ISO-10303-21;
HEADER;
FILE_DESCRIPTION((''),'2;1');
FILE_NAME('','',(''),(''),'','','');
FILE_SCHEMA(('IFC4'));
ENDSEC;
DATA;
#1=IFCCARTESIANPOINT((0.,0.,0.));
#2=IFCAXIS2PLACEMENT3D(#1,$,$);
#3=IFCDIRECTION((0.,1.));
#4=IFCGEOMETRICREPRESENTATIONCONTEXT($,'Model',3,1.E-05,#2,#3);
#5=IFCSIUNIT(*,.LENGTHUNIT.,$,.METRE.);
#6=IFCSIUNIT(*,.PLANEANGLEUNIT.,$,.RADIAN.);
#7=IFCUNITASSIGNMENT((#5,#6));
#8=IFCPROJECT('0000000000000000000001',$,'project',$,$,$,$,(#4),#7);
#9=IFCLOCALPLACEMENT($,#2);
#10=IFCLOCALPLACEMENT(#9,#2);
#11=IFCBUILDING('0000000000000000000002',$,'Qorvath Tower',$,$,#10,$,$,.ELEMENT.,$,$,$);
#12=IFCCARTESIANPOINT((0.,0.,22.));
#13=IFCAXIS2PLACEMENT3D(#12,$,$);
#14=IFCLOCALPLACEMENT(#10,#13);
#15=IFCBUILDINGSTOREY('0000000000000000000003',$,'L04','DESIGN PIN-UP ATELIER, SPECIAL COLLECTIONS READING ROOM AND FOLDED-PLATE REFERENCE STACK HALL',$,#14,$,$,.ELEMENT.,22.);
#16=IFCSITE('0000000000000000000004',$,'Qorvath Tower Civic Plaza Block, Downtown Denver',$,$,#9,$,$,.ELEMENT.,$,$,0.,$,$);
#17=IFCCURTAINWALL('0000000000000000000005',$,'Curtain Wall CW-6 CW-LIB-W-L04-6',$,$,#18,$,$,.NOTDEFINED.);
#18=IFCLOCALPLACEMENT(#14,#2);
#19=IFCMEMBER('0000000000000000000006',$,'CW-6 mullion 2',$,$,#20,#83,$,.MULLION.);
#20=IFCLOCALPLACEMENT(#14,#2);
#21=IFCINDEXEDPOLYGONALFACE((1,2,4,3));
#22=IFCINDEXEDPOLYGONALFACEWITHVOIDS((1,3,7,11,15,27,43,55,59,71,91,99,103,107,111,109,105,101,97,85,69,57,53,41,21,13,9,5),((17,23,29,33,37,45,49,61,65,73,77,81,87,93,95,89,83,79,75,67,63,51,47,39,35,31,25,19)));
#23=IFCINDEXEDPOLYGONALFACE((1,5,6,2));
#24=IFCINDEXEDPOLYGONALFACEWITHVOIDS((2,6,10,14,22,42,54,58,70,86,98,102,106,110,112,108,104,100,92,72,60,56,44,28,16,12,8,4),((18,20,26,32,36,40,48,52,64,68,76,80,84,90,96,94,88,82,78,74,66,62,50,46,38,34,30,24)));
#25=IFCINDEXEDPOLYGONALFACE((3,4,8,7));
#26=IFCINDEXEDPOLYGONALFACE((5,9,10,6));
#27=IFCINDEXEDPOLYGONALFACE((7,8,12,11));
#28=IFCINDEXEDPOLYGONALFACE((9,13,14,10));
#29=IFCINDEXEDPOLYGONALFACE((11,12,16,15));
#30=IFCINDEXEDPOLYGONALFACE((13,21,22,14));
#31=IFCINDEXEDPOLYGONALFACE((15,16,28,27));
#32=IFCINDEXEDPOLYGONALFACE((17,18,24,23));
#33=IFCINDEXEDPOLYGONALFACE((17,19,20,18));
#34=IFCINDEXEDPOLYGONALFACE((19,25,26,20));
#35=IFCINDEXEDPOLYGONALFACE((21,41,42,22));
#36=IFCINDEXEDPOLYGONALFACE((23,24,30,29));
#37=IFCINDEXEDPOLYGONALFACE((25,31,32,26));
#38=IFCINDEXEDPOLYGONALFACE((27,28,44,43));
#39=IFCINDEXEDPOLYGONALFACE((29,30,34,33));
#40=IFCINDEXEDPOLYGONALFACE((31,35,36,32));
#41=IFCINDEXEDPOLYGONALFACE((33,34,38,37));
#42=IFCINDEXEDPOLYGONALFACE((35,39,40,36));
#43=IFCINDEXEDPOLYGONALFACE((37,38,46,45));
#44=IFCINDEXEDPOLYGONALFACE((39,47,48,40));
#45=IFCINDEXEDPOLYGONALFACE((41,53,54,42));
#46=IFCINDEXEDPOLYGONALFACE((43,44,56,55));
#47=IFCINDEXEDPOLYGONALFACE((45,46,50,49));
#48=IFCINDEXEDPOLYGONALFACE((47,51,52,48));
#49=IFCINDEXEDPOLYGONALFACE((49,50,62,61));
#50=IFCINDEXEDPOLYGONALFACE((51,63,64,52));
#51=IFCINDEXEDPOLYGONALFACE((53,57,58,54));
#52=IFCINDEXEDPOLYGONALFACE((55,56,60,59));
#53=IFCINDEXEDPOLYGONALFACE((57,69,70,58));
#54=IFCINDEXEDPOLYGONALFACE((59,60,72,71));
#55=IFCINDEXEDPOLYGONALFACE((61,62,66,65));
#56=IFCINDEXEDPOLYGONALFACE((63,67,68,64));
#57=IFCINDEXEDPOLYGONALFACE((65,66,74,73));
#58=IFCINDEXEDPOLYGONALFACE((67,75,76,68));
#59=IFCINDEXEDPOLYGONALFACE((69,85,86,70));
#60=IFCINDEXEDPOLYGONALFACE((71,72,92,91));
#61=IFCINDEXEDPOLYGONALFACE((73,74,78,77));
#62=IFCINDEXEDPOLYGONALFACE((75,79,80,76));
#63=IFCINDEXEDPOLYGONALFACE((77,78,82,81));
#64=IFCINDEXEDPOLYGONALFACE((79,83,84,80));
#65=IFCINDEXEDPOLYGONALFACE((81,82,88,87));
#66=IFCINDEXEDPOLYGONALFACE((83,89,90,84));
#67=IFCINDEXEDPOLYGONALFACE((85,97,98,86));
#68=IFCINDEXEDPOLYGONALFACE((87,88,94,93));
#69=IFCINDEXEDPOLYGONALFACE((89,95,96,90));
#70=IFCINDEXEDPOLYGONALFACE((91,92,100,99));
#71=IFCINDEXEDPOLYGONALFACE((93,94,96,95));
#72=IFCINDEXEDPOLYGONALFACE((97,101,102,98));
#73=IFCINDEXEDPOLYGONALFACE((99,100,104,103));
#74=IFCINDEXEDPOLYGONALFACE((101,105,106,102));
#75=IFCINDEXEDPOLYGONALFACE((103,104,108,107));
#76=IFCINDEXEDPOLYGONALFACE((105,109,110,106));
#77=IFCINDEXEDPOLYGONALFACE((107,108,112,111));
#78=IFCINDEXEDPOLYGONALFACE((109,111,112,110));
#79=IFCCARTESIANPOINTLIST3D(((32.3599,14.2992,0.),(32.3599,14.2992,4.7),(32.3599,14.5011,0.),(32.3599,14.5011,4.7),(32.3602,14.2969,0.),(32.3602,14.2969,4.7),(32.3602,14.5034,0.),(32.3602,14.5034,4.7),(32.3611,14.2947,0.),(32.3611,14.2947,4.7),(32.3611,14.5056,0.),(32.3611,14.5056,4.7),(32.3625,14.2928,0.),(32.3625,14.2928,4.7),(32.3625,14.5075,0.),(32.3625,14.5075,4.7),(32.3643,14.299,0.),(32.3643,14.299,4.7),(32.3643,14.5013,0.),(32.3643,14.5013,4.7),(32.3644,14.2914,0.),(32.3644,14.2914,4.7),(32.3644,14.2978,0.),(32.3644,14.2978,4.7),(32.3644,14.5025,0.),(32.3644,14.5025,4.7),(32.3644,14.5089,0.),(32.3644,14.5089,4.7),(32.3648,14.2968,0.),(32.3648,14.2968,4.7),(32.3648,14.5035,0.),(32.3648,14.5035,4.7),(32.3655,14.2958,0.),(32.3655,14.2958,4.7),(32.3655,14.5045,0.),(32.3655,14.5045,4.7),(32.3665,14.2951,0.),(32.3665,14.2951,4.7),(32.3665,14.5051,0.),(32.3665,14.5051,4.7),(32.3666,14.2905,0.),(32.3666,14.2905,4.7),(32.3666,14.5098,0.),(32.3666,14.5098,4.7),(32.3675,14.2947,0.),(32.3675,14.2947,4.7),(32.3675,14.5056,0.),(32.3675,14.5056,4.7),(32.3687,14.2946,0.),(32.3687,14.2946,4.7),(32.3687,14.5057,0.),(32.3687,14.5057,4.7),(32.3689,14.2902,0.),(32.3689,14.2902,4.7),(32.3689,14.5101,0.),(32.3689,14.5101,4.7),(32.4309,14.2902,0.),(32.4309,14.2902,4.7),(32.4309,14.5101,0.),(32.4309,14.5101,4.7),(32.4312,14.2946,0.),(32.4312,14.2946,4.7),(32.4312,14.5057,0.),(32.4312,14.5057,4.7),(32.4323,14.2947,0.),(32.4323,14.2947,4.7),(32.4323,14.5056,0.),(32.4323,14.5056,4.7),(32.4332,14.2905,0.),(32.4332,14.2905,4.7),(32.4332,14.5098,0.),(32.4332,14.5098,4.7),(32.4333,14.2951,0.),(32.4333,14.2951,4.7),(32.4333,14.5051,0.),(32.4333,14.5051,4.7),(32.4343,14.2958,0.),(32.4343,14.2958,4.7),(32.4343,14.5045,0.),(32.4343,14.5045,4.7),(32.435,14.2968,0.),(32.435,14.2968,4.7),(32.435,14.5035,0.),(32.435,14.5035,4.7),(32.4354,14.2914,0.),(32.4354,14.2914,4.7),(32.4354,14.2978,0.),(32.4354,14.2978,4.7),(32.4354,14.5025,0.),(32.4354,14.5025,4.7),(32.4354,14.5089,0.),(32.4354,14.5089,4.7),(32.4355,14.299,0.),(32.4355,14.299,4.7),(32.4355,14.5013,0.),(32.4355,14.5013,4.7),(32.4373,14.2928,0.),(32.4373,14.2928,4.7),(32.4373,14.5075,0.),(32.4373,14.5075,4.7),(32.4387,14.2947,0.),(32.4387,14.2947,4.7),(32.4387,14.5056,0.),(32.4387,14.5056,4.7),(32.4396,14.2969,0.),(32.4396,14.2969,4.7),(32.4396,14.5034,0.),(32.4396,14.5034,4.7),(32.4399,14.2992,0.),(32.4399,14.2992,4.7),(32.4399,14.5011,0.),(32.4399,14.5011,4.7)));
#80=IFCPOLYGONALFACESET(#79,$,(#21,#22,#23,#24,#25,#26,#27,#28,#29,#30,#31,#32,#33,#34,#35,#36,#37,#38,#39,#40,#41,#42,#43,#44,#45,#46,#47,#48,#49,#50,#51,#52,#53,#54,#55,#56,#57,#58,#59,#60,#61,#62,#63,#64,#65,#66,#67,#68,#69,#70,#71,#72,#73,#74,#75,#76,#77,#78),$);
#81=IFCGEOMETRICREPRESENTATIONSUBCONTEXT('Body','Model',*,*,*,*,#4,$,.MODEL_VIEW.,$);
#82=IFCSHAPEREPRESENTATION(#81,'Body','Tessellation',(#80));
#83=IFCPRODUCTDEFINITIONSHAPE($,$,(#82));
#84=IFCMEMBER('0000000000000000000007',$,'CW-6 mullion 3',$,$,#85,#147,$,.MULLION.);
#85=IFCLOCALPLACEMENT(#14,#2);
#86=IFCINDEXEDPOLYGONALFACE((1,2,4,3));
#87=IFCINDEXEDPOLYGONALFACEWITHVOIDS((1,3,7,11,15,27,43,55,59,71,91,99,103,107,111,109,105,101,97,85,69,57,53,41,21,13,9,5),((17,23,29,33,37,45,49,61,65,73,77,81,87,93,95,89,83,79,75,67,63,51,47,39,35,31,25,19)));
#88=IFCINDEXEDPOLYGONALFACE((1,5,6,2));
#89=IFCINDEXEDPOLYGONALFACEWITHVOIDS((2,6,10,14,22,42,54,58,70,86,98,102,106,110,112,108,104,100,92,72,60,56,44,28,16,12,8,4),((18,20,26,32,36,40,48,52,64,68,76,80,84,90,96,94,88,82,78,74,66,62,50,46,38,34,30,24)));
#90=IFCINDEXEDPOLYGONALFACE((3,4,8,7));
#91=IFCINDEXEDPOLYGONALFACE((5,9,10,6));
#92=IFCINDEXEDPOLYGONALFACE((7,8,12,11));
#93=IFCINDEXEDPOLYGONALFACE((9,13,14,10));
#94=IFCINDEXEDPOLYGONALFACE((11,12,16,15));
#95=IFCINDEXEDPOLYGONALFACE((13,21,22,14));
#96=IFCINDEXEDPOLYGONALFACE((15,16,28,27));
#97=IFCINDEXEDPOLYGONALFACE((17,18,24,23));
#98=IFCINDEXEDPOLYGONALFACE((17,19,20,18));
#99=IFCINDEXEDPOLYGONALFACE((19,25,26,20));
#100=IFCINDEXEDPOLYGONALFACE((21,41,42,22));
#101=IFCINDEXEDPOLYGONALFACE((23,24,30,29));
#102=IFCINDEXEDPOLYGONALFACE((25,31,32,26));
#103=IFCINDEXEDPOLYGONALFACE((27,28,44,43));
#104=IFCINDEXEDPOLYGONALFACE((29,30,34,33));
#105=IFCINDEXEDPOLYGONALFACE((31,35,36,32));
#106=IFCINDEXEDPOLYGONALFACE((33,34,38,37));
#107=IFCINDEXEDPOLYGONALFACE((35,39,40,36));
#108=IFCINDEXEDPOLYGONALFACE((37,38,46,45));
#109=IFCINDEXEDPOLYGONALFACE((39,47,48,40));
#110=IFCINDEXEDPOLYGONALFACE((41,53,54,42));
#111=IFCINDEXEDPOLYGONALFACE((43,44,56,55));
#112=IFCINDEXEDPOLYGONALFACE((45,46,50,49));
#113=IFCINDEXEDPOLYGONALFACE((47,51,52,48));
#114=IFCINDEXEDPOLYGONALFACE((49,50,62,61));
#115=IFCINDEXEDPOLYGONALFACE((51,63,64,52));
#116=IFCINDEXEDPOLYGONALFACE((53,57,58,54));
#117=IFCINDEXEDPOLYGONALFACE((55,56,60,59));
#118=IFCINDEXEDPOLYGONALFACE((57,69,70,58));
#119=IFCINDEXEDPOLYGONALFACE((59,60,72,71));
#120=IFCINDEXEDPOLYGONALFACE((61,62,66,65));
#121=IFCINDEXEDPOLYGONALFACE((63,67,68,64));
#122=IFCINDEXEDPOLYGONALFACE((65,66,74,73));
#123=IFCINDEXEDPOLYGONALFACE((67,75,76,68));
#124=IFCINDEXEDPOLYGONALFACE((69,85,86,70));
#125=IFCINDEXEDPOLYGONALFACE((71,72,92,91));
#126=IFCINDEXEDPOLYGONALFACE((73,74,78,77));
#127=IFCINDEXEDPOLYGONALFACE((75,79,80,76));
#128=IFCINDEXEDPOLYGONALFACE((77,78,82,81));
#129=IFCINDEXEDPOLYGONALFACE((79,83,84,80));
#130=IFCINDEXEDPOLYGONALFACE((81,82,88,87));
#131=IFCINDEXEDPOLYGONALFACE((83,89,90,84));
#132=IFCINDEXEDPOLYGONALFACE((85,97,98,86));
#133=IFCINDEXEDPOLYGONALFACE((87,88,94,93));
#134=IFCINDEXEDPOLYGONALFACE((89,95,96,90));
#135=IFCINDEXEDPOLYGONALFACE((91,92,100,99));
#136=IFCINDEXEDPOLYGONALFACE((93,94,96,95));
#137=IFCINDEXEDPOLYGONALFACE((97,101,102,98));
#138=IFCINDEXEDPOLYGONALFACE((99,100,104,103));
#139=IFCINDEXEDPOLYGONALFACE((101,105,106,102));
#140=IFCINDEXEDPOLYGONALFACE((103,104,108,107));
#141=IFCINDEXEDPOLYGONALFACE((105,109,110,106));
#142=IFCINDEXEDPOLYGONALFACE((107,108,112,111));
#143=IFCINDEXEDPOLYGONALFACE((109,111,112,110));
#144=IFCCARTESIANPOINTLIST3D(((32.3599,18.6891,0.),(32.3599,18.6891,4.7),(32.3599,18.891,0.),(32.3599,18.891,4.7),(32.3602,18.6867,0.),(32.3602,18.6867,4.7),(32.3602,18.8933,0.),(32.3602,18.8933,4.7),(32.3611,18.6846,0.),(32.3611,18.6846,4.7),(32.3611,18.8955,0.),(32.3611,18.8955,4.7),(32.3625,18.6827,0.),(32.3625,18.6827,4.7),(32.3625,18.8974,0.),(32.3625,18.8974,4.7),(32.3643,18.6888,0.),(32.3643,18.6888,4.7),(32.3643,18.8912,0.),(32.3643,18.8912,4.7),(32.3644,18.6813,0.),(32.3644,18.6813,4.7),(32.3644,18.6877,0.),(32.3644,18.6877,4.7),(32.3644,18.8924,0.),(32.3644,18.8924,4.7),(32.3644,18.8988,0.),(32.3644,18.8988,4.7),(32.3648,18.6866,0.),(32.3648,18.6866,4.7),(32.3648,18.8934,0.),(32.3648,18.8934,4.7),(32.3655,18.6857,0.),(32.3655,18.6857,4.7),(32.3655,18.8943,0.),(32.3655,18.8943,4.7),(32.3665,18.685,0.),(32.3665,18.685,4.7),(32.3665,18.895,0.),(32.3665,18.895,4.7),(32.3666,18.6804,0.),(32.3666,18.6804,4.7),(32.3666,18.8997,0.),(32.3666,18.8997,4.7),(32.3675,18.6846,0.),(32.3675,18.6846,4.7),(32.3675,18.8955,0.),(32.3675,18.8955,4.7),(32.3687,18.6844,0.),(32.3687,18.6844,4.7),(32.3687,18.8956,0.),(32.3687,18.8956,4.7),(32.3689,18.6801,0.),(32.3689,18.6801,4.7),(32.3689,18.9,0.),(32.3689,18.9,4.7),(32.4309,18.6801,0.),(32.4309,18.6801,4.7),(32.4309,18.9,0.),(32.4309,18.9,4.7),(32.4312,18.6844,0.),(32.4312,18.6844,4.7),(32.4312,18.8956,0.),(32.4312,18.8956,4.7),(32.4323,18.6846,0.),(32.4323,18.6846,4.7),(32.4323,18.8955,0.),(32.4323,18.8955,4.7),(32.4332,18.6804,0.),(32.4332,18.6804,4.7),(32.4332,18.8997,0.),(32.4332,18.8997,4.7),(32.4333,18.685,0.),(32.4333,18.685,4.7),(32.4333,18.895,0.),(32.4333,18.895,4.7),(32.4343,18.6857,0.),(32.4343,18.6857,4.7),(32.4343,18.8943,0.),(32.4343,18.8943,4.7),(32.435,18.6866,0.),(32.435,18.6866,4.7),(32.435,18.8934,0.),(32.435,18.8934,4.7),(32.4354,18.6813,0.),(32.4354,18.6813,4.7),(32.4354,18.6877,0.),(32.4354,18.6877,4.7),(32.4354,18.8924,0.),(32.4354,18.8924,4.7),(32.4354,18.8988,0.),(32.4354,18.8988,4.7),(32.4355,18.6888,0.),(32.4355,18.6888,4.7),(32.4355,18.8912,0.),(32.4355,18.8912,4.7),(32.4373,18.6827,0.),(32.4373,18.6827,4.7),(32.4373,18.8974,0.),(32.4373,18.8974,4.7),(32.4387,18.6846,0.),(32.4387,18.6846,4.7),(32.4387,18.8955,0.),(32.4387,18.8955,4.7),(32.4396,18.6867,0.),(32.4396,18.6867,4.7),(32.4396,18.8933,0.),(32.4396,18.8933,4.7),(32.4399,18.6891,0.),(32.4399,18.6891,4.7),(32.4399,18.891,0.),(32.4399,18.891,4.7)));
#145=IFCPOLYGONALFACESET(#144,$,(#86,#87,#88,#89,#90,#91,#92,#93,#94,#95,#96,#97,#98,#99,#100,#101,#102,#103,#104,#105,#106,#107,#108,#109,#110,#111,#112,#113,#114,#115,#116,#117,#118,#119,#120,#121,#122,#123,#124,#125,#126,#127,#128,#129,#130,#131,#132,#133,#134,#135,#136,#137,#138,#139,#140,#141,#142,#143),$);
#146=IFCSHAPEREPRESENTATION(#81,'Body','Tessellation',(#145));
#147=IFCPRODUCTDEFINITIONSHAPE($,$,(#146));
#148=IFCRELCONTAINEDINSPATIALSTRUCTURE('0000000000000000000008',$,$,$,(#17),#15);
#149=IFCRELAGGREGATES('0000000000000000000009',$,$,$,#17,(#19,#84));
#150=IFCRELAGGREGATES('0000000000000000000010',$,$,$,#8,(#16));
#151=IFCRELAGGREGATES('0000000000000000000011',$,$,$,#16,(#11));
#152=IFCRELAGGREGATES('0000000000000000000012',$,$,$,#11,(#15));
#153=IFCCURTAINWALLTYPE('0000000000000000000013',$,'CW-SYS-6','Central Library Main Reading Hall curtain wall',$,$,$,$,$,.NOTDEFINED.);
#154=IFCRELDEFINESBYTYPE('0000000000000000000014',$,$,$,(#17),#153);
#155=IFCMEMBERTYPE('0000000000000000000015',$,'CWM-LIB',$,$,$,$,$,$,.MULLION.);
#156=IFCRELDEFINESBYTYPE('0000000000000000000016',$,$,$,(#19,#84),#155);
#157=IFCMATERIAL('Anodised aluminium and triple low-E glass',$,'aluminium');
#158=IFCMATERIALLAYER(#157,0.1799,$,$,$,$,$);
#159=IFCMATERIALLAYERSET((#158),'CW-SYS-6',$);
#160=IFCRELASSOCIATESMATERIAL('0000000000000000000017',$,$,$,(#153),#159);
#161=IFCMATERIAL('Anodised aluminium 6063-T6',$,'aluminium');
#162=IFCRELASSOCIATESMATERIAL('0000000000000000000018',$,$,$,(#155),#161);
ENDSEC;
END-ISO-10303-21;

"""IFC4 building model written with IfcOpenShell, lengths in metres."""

from ifc_helpers import new_model, si_unit, direction, frame, origin, origin_2d, place, context, subcontext, project, spatial, hollow_rectangle, extrude, material, layer, layer_set, material_profile, profile_set, type_object, element, aggregate, save


model = new_model("IFC4")

# Units and contexts
model_context = context("Model", 3, precision=1e-05, world=origin(), true_north=direction((0.0, 1.0)))
body_context = subcontext(model_context, "Body", "Model", "MODEL_VIEW")
ifc_project = project(units=[si_unit("LENGTHUNIT", "METRE"), si_unit("PLANEANGLEUNIT", "RADIAN")], contexts=[model_context])

# Site, building, storey
site_placement = place(None, origin())
site = spatial("IfcSite", under=ifc_project, at=site_placement, Name="Qorvath Tower Civic Plaza Block, Downtown Denver", CompositionType="ELEMENT", RefElevation=0.0)
building_placement = place(site_placement, origin())
building = spatial("IfcBuilding", under=site, at=building_placement, Name="Qorvath Tower", CompositionType="ELEMENT")
storey_placement = place(building_placement, frame((0.0, 0.0, 22.0)))
storey = spatial("IfcBuildingStorey", under=building, at=storey_placement, Name="L04", Description="DESIGN PIN-UP ATELIER, SPECIAL COLLECTIONS READING ROOM AND FOLDED-PLATE REFERENCE STACK HALL", CompositionType="ELEMENT", Elevation=22.0)

# Curtain wall, members
ifc_material_1 = material(Name="Anodised aluminium and triple low-E glass", Category="aluminium")
ifc_layer_1 = layer(ifc_material_1, 0.1799)
ifc_layer_set_1 = layer_set([ifc_layer_1], Name="CW-SYS-6")
curtain_wall_type = type_object("IfcCurtainWallType", Name="CW-SYS-6", Description="Central Library Main Reading Hall curtain wall", PredefinedType="NOTDEFINED", material=ifc_layer_set_1)
curtain_wall_placement = place(storey_placement, origin())
curtain_wall = element("IfcCurtainWall", 1, at=curtain_wall_placement, inside=storey, type_object=curtain_wall_type, Name="Curtain Wall CW-6 CW-LIB-W-L04-6", PredefinedType="NOTDEFINED")
ifc_material_2 = material(Name="Anodised aluminium 6063-T6", Category="aluminium")
ifc_material_profile_1 = material_profile(ifc_material_2, hollow_rectangle(XDim=0.0801, YDim=0.22, WallThickness=0.0044, InnerFilletRadius=0.0044, OuterFilletRadius=0.009, at=origin_2d()), Name="CWM LIB 220x80")
ifc_profile_set_1 = profile_set([ifc_material_profile_1], Name="Anodised aluminium 6063-T6")
member_type_1 = type_object("IfcMemberType", Name="CWM-LIB", PredefinedType="MULLION", material=ifc_profile_set_1)
member_1_placement = place(storey_placement, frame((32.3999, 14.4001, 0.0), z_axis=(0.0, 0.0, 1.0), x_axis=(-1.0, 0.0, 0.0)))
member_1 = element("IfcMember", 2, at=member_1_placement, type_object=member_type_1, Name="CW-6 mullion 2", PredefinedType="MULLION", context=body_context, shape_type="SweptSolid", body=[
    extrude(hollow_rectangle(XDim=0.0801, YDim=0.22, WallThickness=0.0044, InnerFilletRadius=0.0044, OuterFilletRadius=0.009, at=origin_2d()), origin(), (0.0, 0.0, 1.0), 4.7),
])
member_2_placement = place(storey_placement, frame((32.3999, 18.79, 0.0), z_axis=(0.0, 0.0, 1.0), x_axis=(-1.0, 0.0, 0.0)))
member_2 = element("IfcMember", 3, at=member_2_placement, type_object=member_type_1, Name="CW-6 mullion 3", PredefinedType="MULLION", context=body_context, shape_type="SweptSolid", body=[
    extrude(hollow_rectangle(XDim=0.0801, YDim=0.22, WallThickness=0.0044, InnerFilletRadius=0.0044, OuterFilletRadius=0.009, at=origin_2d()), origin(), (0.0, 0.0, 1.0), 4.7),
])
aggregate(curtain_wall, [member_1, member_2])

save(model, "model.ifc")
